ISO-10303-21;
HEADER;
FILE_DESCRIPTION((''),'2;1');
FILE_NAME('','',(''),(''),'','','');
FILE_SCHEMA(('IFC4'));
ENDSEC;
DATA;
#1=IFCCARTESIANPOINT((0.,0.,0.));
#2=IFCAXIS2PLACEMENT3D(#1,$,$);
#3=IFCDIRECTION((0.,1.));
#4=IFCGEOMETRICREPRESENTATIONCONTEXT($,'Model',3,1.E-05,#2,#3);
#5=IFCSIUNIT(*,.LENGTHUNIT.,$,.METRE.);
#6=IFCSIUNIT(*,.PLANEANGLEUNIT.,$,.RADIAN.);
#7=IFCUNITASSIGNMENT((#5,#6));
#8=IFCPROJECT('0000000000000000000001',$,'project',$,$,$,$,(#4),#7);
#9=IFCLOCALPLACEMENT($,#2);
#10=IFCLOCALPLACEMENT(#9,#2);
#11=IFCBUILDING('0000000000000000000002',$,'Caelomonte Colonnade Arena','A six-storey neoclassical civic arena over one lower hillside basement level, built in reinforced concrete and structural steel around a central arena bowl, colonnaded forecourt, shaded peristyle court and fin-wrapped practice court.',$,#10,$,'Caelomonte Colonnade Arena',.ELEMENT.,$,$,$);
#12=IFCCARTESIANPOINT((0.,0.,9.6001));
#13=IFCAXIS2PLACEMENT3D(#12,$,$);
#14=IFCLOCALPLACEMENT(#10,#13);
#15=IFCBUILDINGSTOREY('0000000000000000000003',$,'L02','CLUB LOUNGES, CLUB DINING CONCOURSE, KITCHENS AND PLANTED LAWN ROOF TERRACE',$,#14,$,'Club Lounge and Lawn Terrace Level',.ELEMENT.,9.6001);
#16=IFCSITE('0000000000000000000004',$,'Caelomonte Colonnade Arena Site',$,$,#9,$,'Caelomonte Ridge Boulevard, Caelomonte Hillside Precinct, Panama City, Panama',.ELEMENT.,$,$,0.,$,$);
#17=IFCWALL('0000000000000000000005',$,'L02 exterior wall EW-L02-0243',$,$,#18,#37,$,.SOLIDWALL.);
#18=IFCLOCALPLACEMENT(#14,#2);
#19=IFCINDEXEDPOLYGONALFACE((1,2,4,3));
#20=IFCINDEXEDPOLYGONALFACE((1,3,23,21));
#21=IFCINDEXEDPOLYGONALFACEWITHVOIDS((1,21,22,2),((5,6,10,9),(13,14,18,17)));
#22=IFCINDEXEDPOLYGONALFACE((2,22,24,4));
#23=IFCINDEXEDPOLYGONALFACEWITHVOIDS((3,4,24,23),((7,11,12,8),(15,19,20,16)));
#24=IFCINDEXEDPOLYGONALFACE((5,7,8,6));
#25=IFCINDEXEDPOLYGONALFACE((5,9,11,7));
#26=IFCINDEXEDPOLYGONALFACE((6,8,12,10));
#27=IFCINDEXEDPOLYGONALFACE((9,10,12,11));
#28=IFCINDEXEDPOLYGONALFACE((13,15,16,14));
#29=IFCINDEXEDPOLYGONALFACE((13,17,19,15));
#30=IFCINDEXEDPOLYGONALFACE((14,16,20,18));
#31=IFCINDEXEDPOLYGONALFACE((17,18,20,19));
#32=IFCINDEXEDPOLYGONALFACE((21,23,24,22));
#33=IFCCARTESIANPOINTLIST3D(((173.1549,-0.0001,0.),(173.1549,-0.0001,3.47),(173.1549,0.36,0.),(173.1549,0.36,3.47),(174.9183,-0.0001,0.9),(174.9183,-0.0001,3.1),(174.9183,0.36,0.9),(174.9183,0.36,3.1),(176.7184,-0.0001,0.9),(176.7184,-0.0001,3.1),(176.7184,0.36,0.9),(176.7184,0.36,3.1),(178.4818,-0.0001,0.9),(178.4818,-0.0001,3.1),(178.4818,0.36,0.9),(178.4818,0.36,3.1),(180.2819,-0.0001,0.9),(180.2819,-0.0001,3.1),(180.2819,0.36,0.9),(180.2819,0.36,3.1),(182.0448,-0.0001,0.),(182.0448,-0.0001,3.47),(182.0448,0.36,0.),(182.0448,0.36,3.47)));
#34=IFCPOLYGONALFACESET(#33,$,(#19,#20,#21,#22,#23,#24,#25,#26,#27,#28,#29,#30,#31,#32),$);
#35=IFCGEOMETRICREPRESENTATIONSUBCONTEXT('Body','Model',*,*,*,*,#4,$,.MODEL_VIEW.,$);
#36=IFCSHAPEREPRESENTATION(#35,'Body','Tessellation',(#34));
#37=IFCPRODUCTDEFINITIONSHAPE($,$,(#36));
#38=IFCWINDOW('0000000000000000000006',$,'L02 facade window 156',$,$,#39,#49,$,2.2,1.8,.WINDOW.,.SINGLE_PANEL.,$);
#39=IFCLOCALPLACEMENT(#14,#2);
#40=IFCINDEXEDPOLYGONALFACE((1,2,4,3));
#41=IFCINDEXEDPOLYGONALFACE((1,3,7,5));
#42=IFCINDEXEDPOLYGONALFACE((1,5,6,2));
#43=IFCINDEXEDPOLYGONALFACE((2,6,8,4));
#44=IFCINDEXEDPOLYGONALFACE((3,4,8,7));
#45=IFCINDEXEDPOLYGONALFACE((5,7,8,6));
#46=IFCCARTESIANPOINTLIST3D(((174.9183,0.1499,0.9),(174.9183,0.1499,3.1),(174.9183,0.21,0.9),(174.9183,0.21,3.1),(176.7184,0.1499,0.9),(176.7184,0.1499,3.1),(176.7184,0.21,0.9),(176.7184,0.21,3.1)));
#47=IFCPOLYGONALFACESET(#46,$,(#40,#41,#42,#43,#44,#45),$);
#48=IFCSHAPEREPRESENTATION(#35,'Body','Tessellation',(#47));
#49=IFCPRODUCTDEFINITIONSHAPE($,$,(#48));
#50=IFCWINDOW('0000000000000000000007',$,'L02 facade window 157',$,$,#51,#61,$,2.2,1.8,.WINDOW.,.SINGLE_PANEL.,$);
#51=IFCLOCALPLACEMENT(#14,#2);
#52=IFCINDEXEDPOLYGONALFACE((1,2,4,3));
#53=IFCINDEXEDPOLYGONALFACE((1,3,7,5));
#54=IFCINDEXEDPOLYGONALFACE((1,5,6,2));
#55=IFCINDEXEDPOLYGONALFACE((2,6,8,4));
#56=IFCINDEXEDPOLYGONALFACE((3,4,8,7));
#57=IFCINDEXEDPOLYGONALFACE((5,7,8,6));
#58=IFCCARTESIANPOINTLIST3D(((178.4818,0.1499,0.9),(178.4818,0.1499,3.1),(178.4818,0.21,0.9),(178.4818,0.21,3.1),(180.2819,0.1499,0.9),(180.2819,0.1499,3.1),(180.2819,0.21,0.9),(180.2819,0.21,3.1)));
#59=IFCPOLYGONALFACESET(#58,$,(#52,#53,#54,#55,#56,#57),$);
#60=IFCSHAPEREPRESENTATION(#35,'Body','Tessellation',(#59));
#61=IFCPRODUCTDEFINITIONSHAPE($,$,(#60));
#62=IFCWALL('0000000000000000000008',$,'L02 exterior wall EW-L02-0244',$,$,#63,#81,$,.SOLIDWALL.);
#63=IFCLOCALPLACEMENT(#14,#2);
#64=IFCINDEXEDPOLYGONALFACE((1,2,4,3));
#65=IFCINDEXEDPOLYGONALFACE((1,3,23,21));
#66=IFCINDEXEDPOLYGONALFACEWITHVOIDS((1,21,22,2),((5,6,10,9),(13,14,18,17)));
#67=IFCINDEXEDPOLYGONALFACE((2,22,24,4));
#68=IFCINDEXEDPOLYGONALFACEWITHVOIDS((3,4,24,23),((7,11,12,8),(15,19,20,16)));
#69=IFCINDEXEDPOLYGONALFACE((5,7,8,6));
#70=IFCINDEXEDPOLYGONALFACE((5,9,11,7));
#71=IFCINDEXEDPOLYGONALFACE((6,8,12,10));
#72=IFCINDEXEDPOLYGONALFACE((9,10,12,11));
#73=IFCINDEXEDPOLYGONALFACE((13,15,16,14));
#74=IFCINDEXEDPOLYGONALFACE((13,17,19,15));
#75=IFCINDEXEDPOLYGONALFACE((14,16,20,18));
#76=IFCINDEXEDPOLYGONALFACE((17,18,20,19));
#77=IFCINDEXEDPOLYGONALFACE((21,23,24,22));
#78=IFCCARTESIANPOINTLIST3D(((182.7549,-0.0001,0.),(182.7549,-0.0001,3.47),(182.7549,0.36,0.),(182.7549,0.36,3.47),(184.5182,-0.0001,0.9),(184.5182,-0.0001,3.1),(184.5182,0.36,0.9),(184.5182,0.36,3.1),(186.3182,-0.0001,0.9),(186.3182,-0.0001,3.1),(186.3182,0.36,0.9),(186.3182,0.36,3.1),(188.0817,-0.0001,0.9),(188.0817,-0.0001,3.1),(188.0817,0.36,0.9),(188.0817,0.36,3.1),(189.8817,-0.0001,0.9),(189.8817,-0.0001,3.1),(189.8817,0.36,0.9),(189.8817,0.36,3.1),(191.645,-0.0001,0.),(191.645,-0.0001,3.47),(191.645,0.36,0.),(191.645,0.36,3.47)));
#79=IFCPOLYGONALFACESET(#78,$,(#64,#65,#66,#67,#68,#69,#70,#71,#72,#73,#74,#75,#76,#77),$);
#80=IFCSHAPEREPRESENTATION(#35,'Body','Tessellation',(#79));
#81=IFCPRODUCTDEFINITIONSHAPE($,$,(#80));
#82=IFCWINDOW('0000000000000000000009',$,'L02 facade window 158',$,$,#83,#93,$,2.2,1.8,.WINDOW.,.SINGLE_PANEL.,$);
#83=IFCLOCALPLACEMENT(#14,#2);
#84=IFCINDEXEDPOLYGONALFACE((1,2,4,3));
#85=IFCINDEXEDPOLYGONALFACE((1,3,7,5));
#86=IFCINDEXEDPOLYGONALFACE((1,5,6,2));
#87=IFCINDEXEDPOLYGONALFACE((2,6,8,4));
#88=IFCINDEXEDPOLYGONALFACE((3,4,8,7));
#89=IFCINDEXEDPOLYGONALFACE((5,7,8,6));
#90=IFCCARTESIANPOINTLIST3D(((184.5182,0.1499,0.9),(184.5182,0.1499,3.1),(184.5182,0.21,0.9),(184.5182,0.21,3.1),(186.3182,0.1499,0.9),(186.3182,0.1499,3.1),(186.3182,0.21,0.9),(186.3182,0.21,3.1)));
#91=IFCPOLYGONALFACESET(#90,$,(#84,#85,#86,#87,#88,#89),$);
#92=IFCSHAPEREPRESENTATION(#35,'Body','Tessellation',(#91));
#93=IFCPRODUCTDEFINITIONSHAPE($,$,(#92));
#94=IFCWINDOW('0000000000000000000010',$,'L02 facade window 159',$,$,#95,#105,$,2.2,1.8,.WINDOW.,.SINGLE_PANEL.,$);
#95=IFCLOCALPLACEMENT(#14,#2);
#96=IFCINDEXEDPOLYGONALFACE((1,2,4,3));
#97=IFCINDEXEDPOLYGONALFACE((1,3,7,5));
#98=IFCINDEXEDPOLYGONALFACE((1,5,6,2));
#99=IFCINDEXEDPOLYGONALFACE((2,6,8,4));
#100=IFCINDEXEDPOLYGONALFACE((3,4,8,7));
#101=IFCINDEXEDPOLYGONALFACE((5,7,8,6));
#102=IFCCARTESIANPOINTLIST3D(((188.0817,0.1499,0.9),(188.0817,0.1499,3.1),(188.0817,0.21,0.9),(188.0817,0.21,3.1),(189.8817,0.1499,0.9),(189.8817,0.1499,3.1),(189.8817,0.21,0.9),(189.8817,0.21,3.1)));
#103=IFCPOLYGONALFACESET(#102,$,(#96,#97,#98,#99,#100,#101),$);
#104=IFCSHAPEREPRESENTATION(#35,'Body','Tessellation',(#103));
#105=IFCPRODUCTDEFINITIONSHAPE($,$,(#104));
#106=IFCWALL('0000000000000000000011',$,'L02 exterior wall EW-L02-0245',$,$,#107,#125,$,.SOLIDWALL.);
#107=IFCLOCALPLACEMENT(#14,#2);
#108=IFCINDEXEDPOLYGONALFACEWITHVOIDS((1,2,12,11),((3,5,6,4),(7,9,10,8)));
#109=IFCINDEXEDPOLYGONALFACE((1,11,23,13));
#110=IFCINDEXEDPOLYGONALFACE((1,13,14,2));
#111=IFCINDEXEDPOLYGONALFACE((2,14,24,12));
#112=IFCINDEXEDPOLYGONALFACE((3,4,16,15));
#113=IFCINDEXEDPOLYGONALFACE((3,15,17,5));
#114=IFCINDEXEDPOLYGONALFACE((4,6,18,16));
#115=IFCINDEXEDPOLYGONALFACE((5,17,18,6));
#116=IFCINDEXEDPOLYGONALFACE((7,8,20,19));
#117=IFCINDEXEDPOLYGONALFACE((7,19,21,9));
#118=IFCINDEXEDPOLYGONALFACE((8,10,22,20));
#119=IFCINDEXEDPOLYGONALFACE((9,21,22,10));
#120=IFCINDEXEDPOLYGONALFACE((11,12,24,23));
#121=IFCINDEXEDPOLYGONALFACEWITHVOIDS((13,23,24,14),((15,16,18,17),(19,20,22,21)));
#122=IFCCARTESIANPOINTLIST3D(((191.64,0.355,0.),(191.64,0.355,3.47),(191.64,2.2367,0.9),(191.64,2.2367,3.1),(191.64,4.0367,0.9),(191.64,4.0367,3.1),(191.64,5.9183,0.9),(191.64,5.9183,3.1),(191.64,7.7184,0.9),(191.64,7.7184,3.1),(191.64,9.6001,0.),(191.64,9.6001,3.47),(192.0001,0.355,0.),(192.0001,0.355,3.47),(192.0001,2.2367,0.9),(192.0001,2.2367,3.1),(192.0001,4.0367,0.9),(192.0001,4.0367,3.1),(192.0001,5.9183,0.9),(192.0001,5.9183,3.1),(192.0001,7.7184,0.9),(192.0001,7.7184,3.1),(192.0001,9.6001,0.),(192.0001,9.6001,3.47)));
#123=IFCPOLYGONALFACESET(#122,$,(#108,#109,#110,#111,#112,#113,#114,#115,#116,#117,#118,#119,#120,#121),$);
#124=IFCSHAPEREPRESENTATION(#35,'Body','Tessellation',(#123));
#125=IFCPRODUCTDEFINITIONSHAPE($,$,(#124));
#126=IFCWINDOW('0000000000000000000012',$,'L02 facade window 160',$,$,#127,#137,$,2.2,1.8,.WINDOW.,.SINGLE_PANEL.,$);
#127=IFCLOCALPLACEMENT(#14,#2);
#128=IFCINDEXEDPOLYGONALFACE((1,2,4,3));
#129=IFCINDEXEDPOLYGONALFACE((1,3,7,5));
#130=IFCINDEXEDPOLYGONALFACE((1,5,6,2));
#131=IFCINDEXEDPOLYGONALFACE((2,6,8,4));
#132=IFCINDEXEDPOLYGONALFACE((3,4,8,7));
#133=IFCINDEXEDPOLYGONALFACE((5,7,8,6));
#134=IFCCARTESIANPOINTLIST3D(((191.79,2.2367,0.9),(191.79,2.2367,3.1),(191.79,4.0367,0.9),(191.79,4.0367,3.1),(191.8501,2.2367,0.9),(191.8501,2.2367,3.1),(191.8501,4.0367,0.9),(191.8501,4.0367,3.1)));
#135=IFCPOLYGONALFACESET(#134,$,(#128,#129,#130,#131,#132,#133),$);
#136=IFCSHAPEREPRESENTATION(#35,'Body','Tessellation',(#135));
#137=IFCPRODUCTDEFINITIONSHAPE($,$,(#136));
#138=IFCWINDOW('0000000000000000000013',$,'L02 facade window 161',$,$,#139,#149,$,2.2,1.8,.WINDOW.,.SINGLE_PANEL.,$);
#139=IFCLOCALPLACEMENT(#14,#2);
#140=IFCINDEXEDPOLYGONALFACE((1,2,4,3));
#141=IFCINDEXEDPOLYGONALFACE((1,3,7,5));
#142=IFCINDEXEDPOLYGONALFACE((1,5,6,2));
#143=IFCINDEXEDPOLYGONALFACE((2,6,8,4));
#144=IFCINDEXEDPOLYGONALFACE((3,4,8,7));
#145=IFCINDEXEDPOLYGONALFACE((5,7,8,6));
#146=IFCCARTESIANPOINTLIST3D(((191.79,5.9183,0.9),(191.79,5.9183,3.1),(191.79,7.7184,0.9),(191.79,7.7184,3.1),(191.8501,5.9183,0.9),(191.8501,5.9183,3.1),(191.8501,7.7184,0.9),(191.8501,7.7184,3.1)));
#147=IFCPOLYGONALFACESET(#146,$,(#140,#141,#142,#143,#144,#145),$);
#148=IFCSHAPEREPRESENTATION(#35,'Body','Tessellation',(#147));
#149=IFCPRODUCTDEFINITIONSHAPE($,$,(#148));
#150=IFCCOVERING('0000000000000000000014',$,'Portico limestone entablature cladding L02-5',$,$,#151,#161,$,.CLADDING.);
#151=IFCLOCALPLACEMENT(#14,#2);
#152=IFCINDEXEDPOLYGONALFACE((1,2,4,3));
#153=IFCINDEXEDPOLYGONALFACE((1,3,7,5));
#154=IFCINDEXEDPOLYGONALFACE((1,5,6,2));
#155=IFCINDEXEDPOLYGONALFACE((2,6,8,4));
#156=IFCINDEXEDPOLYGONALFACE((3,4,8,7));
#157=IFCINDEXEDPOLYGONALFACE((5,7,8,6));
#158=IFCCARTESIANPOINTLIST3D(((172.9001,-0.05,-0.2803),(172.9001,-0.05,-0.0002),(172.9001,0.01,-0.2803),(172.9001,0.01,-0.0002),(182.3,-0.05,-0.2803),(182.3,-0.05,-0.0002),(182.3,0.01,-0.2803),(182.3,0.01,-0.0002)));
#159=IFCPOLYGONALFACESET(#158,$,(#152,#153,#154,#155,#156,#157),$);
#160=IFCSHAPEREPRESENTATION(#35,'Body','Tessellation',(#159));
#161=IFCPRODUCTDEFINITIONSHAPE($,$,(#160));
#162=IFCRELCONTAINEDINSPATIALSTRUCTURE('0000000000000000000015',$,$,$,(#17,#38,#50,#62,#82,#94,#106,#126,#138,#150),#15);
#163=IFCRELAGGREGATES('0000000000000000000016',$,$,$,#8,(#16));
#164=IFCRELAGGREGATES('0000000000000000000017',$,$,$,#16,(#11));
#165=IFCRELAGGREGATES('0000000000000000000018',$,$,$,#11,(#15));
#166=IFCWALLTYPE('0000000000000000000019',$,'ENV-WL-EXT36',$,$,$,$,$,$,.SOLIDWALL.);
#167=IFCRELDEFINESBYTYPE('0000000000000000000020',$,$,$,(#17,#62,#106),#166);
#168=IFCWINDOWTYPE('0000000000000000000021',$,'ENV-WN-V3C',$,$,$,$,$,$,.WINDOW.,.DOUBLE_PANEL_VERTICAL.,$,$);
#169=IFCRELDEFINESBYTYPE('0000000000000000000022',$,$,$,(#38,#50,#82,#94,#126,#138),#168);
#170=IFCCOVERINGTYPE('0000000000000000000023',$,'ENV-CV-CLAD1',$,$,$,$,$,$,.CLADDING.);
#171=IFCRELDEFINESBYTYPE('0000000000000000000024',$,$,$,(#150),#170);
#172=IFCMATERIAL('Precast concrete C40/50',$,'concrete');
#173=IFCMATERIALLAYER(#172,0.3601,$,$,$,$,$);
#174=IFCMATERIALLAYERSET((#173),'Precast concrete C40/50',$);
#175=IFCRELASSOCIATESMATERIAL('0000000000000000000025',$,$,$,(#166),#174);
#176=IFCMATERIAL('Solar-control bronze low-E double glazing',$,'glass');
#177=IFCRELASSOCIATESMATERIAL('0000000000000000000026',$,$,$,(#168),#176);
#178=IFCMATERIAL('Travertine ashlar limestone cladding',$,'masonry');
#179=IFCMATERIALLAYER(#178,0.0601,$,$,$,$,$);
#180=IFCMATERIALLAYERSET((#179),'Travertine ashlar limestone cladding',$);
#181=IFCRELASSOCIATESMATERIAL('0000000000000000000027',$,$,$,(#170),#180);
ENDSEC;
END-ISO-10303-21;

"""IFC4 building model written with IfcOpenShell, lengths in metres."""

from ifc_helpers import new_model, si_unit, direction, frame, frame_2d, origin, origin_2d, place, context, subcontext, project, spatial, rectangle, extrude, material, layer, layer_set, type_object, element, fill, save


model = new_model("IFC4")

# Units and contexts
model_context = context("Model", 3, precision=1e-05, world=origin(), true_north=direction((0.0, 1.0)))
body_context = subcontext(model_context, "Body", "Model", "MODEL_VIEW")
ifc_project = project(units=[si_unit("LENGTHUNIT", "METRE"), si_unit("PLANEANGLEUNIT", "RADIAN")], contexts=[model_context])

# Site, building, storey
site_placement = place(None, origin())
site = spatial("IfcSite", under=ifc_project, at=site_placement, Name="Caelomonte Colonnade Arena Site", LongName="Caelomonte Ridge Boulevard, Caelomonte Hillside Precinct, Panama City, Panama", CompositionType="ELEMENT", RefElevation=0.0)
building_placement = place(site_placement, origin())
building = spatial("IfcBuilding", under=site, at=building_placement, Name="Caelomonte Colonnade Arena", Description="A six-storey neoclassical civic arena over one lower hillside basement level, built in reinforced concrete and structural steel around a central arena bowl, colonnaded forecourt, shaded peristyle court and fin-wrapped practice court.", LongName="Caelomonte Colonnade Arena", CompositionType="ELEMENT")
storey_placement = place(building_placement, frame((0.0, 0.0, 9.6001)))
storey = spatial("IfcBuildingStorey", under=building, at=storey_placement, Name="L02", Description="CLUB LOUNGES, CLUB DINING CONCOURSE, KITCHENS AND PLANTED LAWN ROOF TERRACE", LongName="Club Lounge and Lawn Terrace Level", CompositionType="ELEMENT", Elevation=9.6001)

# Walls, openings, windows
ifc_material_1 = material(Name="Precast concrete C40/50", Category="concrete")
ifc_layer_1 = layer(ifc_material_1, 0.3601)
ifc_layer_set_1 = layer_set([ifc_layer_1], Name="Precast concrete C40/50")
wall_type = type_object("IfcWallType", Name="ENV-WL-EXT36", PredefinedType="SOLIDWALL", material=ifc_layer_set_1)
wall_1_placement = place(storey_placement, frame((173.155, 0.1799, 0.0), z_axis=(0.0, 0.0, 1.0), x_axis=(1.0, 0.0, 0.0)))
wall_1 = element("IfcWall", 1, at=wall_1_placement, inside=storey, type_object=wall_type, Name="L02 exterior wall EW-L02-0243", PredefinedType="SOLIDWALL", context=body_context, shape_type="SweptSolid", body=[
    extrude(rectangle(XDim=8.8899, YDim=0.3601, at=frame_2d((4.4448, 0.0))), origin(), (0.0, 0.0, 1.0), 3.47),
])
opening_1_placement = place(wall_1_placement, frame((3.5632, 0.0, 0.8999), z_axis=(0.0, 0.0, 1.0), x_axis=(-1.0, 0.0, 0.0)))
opening_1 = element("IfcOpeningElement", 2, at=opening_1_placement, cuts=wall_1, PredefinedType="OPENING", context=body_context, shape_type="SweptSolid", body=[
    extrude(rectangle(XDim=1.8, YDim=2.2, at=frame_2d((0.8999, 1.1001))), frame((0.0, 0.1899, 0.0), z_axis=(0.0, -1.0, 0.0), x_axis=(1.0, 0.0, 0.0)), (0.0, 0.0, 1.0), 0.3801),
])
opening_2_placement = place(wall_1_placement, frame((7.1267, 0.0, 0.8999), z_axis=(0.0, 0.0, 1.0), x_axis=(-1.0, 0.0, 0.0)))
opening_2 = element("IfcOpeningElement", 3, at=opening_2_placement, cuts=wall_1, PredefinedType="OPENING", context=body_context, shape_type="SweptSolid", body=[
    extrude(rectangle(XDim=1.8, YDim=2.2, at=frame_2d((0.8999, 1.1001))), frame((0.0, 0.1899, 0.0), z_axis=(0.0, -1.0, 0.0), x_axis=(1.0, 0.0, 0.0)), (0.0, 0.0, 1.0), 0.3801),
])
ifc_material_2 = material(Name="Solar-control bronze low-E double glazing", Category="glass")
window_type = type_object("IfcWindowType", Name="ENV-WN-V3C", PartitioningType="DOUBLE_PANEL_VERTICAL", PredefinedType="WINDOW", material=ifc_material_2)
window_1_placement = place(opening_1_placement, origin())
window_1 = element("IfcWindow", 4, at=window_1_placement, inside=storey, type_object=window_type, Name="L02 facade window 156", OverallHeight=2.2, OverallWidth=1.8, PartitioningType="SINGLE_PANEL", PredefinedType="WINDOW", context=body_context, shape_type="SweptSolid", body=[
    extrude(rectangle(XDim=1.8, YDim=2.2, at=frame_2d((0.8999, 1.1001))), frame((0.0, 0.03, 0.0), z_axis=(0.0, -1.0, 0.0), x_axis=(1.0, 0.0, 0.0)), (0.0, 0.0, 1.0), 0.0601),
])
fill(opening_1, window_1)
window_2_placement = place(opening_2_placement, origin())
window_2 = element("IfcWindow", 5, at=window_2_placement, inside=storey, type_object=window_type, Name="L02 facade window 157", OverallHeight=2.2, OverallWidth=1.8, PartitioningType="SINGLE_PANEL", PredefinedType="WINDOW", context=body_context, shape_type="SweptSolid", body=[
    extrude(rectangle(XDim=1.8, YDim=2.2, at=frame_2d((0.8999, 1.1001))), frame((0.0, 0.03, 0.0), z_axis=(0.0, -1.0, 0.0), x_axis=(1.0, 0.0, 0.0)), (0.0, 0.0, 1.0), 0.0601),
])
fill(opening_2, window_2)
wall_2_placement = place(storey_placement, frame((182.7549, 0.1799, 0.0), z_axis=(0.0, 0.0, 1.0), x_axis=(1.0, 0.0, 0.0)))
wall_2 = element("IfcWall", 6, at=wall_2_placement, inside=storey, type_object=wall_type, Name="L02 exterior wall EW-L02-0244", PredefinedType="SOLIDWALL", context=body_context, shape_type="SweptSolid", body=[
    extrude(rectangle(XDim=8.8901, YDim=0.3601, at=frame_2d((4.4451, 0.0))), origin(), (0.0, 0.0, 1.0), 3.47),
])
opening_3_placement = place(wall_2_placement, frame((3.5632, 0.0, 0.8999), z_axis=(0.0, 0.0, 1.0), x_axis=(-1.0, 0.0, 0.0)))
opening_3 = element("IfcOpeningElement", 7, at=opening_3_placement, cuts=wall_2, PredefinedType="OPENING", context=body_context, shape_type="SweptSolid", body=[
    extrude(rectangle(XDim=1.8, YDim=2.2, at=frame_2d((0.8999, 1.1001))), frame((0.0, 0.1899, 0.0), z_axis=(0.0, -1.0, 0.0), x_axis=(1.0, 0.0, 0.0)), (0.0, 0.0, 1.0), 0.3801),
])
opening_4_placement = place(wall_2_placement, frame((7.1267, 0.0, 0.8999), z_axis=(0.0, 0.0, 1.0), x_axis=(-1.0, 0.0, 0.0)))
opening_4 = element("IfcOpeningElement", 8, at=opening_4_placement, cuts=wall_2, PredefinedType="OPENING", context=body_context, shape_type="SweptSolid", body=[
    extrude(rectangle(XDim=1.8, YDim=2.2, at=frame_2d((0.8999, 1.1001))), frame((0.0, 0.1899, 0.0), z_axis=(0.0, -1.0, 0.0), x_axis=(1.0, 0.0, 0.0)), (0.0, 0.0, 1.0), 0.3801),
])
window_3_placement = place(opening_3_placement, origin())
window_3 = element("IfcWindow", 9, at=window_3_placement, inside=storey, type_object=window_type, Name="L02 facade window 158", OverallHeight=2.2, OverallWidth=1.8, PartitioningType="SINGLE_PANEL", PredefinedType="WINDOW", context=body_context, shape_type="SweptSolid", body=[
    extrude(rectangle(XDim=1.8, YDim=2.2, at=frame_2d((0.8999, 1.1001))), frame((0.0, 0.03, 0.0), z_axis=(0.0, -1.0, 0.0), x_axis=(1.0, 0.0, 0.0)), (0.0, 0.0, 1.0), 0.0601),
])
fill(opening_3, window_3)
window_4_placement = place(opening_4_placement, origin())
window_4 = element("IfcWindow", 10, at=window_4_placement, inside=storey, type_object=window_type, Name="L02 facade window 159", OverallHeight=2.2, OverallWidth=1.8, PartitioningType="SINGLE_PANEL", PredefinedType="WINDOW", context=body_context, shape_type="SweptSolid", body=[
    extrude(rectangle(XDim=1.8, YDim=2.2, at=frame_2d((0.8999, 1.1001))), frame((0.0, 0.03, 0.0), z_axis=(0.0, -1.0, 0.0), x_axis=(1.0, 0.0, 0.0)), (0.0, 0.0, 1.0), 0.0601),
])
fill(opening_4, window_4)
wall_3_placement = place(storey_placement, frame((191.8201, 0.355, 0.0), z_axis=(0.0, 0.0, 1.0), x_axis=(0.0, 1.0, 0.0)))
wall_3 = element("IfcWall", 11, at=wall_3_placement, inside=storey, type_object=wall_type, Name="L02 exterior wall EW-L02-0245", PredefinedType="SOLIDWALL", context=body_context, shape_type="SweptSolid", body=[
    extrude(rectangle(XDim=9.2451, YDim=0.3601, at=frame_2d((4.6226, 0.0))), origin(), (0.0, 0.0, 1.0), 3.47),
])
opening_5_placement = place(wall_3_placement, frame((3.6816, 0.0, 0.8999), z_axis=(0.0, 0.0, 1.0), x_axis=(-1.0, 0.0, 0.0)))
opening_5 = element("IfcOpeningElement", 12, at=opening_5_placement, cuts=wall_3, PredefinedType="OPENING", context=body_context, shape_type="SweptSolid", body=[
    extrude(rectangle(XDim=1.8, YDim=2.2, at=frame_2d((0.8999, 1.1001))), frame((0.0, 0.1899, 0.0), z_axis=(0.0, -1.0, 0.0), x_axis=(1.0, 0.0, 0.0)), (0.0, 0.0, 1.0), 0.3801),
])
opening_6_placement = place(wall_3_placement, frame((7.3633, 0.0, 0.8999), z_axis=(0.0, 0.0, 1.0), x_axis=(-1.0, 0.0, 0.0)))
opening_6 = element("IfcOpeningElement", 13, at=opening_6_placement, cuts=wall_3, PredefinedType="OPENING", context=body_context, shape_type="SweptSolid", body=[
    extrude(rectangle(XDim=1.8, YDim=2.2, at=frame_2d((0.8999, 1.1001))), frame((0.0, 0.1899, 0.0), z_axis=(0.0, -1.0, 0.0), x_axis=(1.0, 0.0, 0.0)), (0.0, 0.0, 1.0), 0.3801),
])
window_5_placement = place(opening_5_placement, origin())
window_5 = element("IfcWindow", 14, at=window_5_placement, inside=storey, type_object=window_type, Name="L02 facade window 160", OverallHeight=2.2, OverallWidth=1.8, PartitioningType="SINGLE_PANEL", PredefinedType="WINDOW", context=body_context, shape_type="SweptSolid", body=[
    extrude(rectangle(XDim=1.8, YDim=2.2, at=frame_2d((0.8999, 1.1001))), frame((0.0, 0.03, 0.0), z_axis=(0.0, -1.0, 0.0), x_axis=(1.0, 0.0, 0.0)), (0.0, 0.0, 1.0), 0.0601),
])
fill(opening_5, window_5)
window_6_placement = place(opening_6_placement, origin())
window_6 = element("IfcWindow", 15, at=window_6_placement, inside=storey, type_object=window_type, Name="L02 facade window 161", OverallHeight=2.2, OverallWidth=1.8, PartitioningType="SINGLE_PANEL", PredefinedType="WINDOW", context=body_context, shape_type="SweptSolid", body=[
    extrude(rectangle(XDim=1.8, YDim=2.2, at=frame_2d((0.8999, 1.1001))), frame((0.0, 0.03, 0.0), z_axis=(0.0, -1.0, 0.0), x_axis=(1.0, 0.0, 0.0)), (0.0, 0.0, 1.0), 0.0601),
])
fill(opening_6, window_6)

# Covering
ifc_material_3 = material(Name="Travertine ashlar limestone cladding", Category="masonry")
ifc_layer_2 = layer(ifc_material_3, 0.0601)
ifc_layer_set_2 = layer_set([ifc_layer_2], Name="Travertine ashlar limestone cladding")
covering_type = type_object("IfcCoveringType", Name="ENV-CV-CLAD1", PredefinedType="CLADDING", material=ifc_layer_set_2)
for number, where, z_axis, x_axis, name in (
    (16, (177.6001, -0.02, -0.2803), (0.0, 0.0, 1.0), (1.0, 0.0, 0.0), "Portico limestone entablature cladding L02-5"),
):
    element("IfcCovering", number, at=place(storey_placement, frame(where, z_axis=z_axis, x_axis=x_axis)), inside=storey, type_object=covering_type, Name=name, PredefinedType="CLADDING", context=body_context, shape_type="SweptSolid", body=[
        extrude(rectangle(XDim=9.3999, YDim=0.0601, at=origin_2d()), origin(), (0.0, 0.0, 1.0), 0.28),
    ])

save(model, "model.ifc")
